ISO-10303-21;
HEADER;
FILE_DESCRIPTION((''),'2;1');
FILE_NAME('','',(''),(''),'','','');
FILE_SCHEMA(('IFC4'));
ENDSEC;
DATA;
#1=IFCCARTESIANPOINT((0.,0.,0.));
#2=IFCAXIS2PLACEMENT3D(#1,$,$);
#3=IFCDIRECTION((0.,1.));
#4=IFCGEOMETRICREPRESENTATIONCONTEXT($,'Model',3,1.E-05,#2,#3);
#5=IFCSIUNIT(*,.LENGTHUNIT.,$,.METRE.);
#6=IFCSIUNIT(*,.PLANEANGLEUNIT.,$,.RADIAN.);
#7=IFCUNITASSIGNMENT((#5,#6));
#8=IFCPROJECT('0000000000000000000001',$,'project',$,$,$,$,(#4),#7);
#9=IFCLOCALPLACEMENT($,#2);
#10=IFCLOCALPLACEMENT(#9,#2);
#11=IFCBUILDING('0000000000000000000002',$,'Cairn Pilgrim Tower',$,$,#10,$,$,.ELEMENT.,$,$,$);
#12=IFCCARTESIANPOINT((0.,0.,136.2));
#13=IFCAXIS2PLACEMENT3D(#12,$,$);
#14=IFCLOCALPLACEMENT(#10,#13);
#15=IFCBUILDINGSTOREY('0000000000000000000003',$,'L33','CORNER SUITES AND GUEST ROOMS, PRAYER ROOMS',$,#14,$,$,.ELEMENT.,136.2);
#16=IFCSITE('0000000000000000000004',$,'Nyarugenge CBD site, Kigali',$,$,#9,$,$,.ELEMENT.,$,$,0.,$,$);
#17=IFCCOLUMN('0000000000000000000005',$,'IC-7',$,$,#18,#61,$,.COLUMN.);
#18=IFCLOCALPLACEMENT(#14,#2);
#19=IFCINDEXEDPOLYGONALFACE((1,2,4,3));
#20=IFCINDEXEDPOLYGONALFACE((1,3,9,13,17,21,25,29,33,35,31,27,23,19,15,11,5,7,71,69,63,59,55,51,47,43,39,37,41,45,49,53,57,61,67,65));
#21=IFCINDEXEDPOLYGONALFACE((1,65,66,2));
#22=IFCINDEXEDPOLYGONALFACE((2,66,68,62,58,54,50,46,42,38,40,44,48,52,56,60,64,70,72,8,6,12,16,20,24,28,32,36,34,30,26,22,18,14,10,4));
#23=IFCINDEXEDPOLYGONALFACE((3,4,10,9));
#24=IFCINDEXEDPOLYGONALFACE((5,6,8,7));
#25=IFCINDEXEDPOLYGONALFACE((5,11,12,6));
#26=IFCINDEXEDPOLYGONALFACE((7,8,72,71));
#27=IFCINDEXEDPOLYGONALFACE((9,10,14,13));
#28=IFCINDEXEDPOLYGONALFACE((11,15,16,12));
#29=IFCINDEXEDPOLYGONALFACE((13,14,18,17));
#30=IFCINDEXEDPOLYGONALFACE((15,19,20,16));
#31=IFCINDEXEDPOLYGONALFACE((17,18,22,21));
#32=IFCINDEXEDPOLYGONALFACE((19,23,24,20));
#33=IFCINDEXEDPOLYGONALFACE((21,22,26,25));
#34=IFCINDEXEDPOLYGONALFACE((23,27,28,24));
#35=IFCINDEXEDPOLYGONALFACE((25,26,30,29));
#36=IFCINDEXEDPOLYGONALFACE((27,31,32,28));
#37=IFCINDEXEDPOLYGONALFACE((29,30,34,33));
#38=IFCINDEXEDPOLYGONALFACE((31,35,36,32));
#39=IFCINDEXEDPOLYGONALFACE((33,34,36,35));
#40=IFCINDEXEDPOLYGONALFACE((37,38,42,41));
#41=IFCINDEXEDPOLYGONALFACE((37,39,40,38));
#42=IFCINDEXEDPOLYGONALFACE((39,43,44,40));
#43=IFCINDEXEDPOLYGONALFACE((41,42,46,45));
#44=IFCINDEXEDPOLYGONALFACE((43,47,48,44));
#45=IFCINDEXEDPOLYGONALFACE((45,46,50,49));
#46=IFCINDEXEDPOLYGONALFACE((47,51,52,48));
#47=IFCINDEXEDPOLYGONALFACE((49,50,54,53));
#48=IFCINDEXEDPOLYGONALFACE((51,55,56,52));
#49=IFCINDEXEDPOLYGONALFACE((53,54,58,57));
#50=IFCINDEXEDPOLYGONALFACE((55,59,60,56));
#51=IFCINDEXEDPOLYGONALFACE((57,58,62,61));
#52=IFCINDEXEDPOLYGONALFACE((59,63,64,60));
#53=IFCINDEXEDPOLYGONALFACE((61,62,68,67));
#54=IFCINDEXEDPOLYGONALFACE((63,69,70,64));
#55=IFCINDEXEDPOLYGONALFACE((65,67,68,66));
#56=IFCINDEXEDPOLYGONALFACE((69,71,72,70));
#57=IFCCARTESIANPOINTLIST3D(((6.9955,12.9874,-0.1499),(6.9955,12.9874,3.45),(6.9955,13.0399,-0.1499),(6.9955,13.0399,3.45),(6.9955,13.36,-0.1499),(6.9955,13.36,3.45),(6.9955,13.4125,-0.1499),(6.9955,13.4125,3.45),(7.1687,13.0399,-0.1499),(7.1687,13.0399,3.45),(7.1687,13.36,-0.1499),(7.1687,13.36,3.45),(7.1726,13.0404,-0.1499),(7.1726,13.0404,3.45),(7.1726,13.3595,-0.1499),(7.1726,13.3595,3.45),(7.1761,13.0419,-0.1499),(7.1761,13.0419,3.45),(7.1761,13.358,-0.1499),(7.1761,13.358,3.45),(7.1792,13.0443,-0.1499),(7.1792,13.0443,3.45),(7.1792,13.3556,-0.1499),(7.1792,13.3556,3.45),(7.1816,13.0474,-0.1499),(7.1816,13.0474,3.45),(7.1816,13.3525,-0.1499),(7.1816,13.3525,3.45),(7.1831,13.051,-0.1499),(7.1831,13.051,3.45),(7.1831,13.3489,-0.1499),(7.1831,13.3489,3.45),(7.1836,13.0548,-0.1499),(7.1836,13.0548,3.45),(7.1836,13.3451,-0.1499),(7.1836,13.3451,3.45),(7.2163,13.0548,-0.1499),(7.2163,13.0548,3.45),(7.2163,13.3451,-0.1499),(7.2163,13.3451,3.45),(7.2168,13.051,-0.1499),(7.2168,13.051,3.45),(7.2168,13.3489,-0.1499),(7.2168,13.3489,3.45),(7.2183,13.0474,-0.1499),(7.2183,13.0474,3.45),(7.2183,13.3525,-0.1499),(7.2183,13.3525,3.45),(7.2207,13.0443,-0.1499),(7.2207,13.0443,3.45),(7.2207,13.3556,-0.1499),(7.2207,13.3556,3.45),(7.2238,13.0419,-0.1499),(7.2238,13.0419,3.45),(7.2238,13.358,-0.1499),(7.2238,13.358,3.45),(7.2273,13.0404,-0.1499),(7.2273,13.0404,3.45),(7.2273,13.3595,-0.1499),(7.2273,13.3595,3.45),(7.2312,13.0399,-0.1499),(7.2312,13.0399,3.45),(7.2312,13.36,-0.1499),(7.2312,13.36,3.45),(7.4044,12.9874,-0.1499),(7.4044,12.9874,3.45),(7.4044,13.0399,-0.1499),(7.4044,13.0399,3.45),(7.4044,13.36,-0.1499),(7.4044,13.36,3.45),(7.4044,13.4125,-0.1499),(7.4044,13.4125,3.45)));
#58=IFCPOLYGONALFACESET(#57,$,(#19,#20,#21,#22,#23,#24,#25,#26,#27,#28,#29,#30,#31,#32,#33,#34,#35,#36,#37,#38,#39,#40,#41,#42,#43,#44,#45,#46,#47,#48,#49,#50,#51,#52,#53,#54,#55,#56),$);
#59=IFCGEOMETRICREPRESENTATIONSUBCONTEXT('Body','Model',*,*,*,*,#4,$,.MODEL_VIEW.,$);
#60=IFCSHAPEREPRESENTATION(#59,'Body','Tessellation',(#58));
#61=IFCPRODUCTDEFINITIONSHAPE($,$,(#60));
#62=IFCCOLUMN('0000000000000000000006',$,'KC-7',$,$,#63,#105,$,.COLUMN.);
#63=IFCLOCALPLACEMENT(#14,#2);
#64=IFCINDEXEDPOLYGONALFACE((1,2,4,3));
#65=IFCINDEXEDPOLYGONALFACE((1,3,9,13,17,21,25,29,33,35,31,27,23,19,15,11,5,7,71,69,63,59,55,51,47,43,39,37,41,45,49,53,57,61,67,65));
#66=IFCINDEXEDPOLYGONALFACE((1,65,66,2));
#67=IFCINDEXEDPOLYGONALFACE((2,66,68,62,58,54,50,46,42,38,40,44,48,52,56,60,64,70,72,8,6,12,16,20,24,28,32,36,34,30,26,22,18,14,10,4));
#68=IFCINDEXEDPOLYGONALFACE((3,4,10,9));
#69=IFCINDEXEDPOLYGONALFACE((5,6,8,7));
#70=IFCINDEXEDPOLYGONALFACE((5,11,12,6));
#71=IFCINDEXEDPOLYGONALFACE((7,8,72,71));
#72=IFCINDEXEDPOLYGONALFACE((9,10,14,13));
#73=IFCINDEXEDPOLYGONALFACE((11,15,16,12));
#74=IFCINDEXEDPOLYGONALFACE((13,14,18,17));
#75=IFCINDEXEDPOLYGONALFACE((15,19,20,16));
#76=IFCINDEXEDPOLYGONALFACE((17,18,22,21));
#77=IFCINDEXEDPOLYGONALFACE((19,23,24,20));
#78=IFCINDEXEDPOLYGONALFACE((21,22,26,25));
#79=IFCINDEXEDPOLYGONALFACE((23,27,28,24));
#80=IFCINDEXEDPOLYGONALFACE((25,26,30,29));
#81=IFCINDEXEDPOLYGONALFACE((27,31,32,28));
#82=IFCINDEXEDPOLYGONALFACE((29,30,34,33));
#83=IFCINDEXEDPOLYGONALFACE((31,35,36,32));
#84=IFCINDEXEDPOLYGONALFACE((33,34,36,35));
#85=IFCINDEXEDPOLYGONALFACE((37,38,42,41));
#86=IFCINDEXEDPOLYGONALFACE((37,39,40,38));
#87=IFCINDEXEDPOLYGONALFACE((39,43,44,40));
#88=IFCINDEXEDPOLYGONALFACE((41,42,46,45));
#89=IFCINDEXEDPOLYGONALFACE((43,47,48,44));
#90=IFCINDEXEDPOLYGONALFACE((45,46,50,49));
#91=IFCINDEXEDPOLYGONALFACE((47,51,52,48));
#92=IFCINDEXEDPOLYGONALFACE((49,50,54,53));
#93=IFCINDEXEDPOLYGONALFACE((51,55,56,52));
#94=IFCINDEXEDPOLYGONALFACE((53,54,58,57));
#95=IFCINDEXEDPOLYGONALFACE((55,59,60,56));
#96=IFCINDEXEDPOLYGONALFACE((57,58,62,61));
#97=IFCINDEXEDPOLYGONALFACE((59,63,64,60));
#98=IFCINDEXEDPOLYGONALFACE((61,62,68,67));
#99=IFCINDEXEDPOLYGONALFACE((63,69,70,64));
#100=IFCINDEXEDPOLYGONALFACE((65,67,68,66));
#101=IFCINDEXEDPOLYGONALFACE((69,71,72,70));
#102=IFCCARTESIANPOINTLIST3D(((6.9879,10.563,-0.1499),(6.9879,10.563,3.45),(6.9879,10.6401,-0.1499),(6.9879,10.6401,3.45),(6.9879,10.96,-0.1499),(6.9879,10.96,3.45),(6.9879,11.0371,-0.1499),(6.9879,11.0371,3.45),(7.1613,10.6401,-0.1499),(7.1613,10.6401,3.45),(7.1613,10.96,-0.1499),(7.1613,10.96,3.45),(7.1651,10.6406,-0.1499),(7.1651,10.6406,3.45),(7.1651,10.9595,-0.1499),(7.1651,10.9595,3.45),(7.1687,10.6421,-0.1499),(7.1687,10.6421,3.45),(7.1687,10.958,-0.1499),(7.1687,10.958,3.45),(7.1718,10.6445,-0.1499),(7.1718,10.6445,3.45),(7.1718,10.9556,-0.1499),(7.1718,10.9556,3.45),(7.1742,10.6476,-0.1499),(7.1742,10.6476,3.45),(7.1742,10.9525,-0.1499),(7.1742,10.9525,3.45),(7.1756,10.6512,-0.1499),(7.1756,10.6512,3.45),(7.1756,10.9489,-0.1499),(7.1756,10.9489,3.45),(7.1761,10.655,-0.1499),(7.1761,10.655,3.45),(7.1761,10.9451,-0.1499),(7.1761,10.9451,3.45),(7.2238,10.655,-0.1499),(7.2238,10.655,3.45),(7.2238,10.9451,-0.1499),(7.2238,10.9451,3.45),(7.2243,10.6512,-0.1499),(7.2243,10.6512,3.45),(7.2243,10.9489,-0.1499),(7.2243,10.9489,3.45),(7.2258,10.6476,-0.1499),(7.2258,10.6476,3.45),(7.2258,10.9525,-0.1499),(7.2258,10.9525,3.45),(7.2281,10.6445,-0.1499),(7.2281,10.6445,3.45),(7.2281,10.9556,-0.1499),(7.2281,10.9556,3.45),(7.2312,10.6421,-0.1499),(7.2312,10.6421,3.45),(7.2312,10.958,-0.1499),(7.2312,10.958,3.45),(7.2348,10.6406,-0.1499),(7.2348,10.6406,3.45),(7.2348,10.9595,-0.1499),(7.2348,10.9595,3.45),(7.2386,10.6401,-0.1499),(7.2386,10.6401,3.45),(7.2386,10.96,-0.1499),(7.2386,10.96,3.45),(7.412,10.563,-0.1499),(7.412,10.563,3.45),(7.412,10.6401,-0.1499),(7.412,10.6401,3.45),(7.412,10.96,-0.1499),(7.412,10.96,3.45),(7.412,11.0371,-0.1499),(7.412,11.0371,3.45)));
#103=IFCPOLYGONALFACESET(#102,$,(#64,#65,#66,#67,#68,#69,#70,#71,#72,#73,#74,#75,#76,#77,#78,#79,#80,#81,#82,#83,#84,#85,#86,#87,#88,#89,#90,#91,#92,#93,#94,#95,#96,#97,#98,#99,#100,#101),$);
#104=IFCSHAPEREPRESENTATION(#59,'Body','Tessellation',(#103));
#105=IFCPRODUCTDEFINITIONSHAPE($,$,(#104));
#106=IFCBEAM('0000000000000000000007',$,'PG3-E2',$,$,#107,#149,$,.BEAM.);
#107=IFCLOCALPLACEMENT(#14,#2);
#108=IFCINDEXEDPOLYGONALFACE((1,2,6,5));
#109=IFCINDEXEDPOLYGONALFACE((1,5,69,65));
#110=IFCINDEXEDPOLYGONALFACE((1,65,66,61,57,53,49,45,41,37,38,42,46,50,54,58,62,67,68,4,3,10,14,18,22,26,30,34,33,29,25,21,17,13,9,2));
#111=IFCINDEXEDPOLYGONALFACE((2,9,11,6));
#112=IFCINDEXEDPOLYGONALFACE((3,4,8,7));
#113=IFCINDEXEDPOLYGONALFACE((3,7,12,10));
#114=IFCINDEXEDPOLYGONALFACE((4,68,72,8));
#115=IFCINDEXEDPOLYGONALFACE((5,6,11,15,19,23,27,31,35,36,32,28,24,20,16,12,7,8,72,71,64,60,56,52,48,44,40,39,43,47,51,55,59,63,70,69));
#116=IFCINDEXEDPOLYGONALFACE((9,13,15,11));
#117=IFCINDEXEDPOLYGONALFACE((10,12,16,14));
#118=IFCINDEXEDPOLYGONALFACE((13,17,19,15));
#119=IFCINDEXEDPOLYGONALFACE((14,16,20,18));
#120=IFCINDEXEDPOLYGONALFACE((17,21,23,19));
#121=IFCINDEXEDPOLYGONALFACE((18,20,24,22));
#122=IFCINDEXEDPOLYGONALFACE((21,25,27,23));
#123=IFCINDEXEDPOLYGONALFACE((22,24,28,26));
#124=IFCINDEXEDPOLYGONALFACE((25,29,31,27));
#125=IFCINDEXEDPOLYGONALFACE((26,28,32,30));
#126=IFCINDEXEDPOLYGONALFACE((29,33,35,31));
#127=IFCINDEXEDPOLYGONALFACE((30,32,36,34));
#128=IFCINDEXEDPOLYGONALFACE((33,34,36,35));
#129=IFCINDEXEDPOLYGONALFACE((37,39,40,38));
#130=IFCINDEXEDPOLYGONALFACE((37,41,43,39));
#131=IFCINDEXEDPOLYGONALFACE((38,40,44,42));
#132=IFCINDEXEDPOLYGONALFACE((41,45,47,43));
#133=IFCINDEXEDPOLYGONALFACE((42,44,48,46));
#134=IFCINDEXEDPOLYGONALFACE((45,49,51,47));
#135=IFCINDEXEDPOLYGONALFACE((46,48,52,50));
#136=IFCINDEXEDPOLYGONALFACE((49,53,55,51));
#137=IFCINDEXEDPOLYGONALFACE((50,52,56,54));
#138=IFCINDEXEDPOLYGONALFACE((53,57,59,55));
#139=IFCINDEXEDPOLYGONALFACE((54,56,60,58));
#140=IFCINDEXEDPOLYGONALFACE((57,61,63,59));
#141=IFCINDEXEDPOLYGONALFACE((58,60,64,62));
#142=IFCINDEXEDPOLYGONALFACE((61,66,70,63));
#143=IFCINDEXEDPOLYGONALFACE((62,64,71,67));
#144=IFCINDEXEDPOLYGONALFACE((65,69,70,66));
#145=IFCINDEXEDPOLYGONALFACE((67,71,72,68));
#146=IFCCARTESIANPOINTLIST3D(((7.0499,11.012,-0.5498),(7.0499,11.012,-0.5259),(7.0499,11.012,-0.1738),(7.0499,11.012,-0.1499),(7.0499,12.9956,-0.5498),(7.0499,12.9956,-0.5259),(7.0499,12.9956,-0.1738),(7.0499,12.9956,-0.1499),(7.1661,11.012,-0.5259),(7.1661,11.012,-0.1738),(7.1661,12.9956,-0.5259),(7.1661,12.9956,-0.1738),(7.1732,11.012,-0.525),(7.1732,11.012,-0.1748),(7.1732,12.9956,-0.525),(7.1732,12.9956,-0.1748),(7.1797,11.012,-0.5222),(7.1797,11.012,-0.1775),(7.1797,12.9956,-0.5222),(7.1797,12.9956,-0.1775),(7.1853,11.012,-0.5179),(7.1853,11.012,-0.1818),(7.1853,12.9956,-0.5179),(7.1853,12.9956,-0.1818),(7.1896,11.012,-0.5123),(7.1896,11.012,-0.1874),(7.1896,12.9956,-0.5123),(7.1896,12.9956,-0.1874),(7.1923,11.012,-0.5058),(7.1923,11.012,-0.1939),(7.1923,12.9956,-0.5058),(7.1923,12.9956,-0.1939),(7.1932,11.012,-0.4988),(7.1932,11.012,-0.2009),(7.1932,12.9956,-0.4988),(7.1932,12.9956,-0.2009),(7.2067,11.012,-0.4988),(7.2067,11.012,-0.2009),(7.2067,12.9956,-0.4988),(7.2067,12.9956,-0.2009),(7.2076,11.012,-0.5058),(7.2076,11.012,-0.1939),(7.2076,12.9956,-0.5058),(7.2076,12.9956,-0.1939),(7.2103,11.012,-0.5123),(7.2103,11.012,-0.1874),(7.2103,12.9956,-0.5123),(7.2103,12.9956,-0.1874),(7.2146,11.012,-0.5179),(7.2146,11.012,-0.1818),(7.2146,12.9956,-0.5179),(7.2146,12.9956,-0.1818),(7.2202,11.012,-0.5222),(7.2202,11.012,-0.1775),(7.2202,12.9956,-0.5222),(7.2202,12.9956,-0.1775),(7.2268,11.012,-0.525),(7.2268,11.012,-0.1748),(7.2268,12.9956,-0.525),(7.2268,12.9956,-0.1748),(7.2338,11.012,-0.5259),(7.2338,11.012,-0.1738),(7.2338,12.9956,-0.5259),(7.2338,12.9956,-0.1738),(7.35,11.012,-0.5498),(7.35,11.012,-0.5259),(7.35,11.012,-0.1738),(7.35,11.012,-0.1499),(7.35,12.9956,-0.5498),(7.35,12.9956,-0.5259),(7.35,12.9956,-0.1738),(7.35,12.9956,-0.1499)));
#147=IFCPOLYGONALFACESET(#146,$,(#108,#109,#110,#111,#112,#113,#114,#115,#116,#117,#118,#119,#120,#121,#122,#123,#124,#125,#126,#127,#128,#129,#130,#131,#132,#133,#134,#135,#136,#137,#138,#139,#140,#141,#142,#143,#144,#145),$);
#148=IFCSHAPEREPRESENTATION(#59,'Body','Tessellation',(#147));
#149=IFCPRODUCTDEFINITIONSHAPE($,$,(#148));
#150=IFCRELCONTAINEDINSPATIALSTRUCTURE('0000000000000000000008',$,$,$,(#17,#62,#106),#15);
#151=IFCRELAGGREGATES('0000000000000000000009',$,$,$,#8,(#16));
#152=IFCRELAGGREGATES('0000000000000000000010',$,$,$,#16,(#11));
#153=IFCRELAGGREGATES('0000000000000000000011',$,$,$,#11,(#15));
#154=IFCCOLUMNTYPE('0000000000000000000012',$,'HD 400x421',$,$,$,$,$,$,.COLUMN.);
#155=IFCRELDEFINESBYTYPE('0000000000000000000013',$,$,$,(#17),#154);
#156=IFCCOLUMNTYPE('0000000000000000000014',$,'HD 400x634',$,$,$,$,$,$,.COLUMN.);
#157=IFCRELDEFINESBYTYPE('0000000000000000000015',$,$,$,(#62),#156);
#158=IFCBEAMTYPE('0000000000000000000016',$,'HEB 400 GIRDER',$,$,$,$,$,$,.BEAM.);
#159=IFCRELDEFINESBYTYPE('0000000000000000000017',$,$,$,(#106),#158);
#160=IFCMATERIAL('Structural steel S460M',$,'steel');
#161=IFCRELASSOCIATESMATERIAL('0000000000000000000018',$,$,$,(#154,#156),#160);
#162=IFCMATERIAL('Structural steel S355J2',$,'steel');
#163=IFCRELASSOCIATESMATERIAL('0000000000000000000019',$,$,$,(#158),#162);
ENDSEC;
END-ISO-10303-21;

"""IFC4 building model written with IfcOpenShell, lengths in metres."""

from ifc_helpers import new_model, si_unit, direction, frame, origin, origin_2d, place, context, subcontext, project, spatial, i_section, extrude, material, material_profile, profile_set, type_object, element, save


model = new_model("IFC4")

# Units and contexts
model_context = context("Model", 3, precision=1e-05, world=origin(), true_north=direction((0.0, 1.0)))
body_context = subcontext(model_context, "Body", "Model", "MODEL_VIEW")
ifc_project = project(units=[si_unit("LENGTHUNIT", "METRE"), si_unit("PLANEANGLEUNIT", "RADIAN")], contexts=[model_context])

# Site, building, storey
site_placement = place(None, origin())
site = spatial("IfcSite", under=ifc_project, at=site_placement, Name="Nyarugenge CBD site, Kigali", CompositionType="ELEMENT", RefElevation=0.0)
building_placement = place(site_placement, origin())
building = spatial("IfcBuilding", under=site, at=building_placement, Name="Cairn Pilgrim Tower", CompositionType="ELEMENT")
storey_placement = place(building_placement, frame((0.0, 0.0, 136.2)))
storey = spatial("IfcBuildingStorey", under=building, at=storey_placement, Name="L33", Description="CORNER SUITES AND GUEST ROOMS, PRAYER ROOMS", CompositionType="ELEMENT", Elevation=136.2)

# Columns
ifc_material_1 = material(Name="Structural steel S460M", Category="steel")
ifc_material_profile_1 = material_profile(ifc_material_1, i_section(OverallWidth=0.4089, OverallDepth=0.425, WebThickness=0.0327, FlangeThickness=0.0525, FilletRadius=0.0149, at=origin_2d()), Name="HD 400x421")
ifc_profile_set_1 = profile_set([ifc_material_profile_1], Name="Structural steel S460M")
column_type_1 = type_object("IfcColumnType", Name="HD 400x421", PredefinedType="COLUMN", material=ifc_profile_set_1)
column_1_placement = place(storey_placement, frame((7.2, 13.2, -0.1499), z_axis=(0.0, 0.0, 1.0), x_axis=(1.0, 0.0, 0.0)))
element("IfcColumn", 1, at=column_1_placement, inside=storey, type_object=column_type_1, Name="IC-7", PredefinedType="COLUMN", context=body_context, shape_type="SweptSolid", body=[
    extrude(i_section(OverallWidth=0.4089, OverallDepth=0.425, WebThickness=0.0327, FlangeThickness=0.0525, FilletRadius=0.0149, at=origin_2d()), origin(), (0.0, 0.0, 1.0), 3.5999),
])
ifc_material_profile_2 = material_profile(ifc_material_1, i_section(OverallWidth=0.4241, OverallDepth=0.4741, WebThickness=0.0476, FlangeThickness=0.0771, FilletRadius=0.0149, at=origin_2d()), Name="HD 400x634")
ifc_profile_set_2 = profile_set([ifc_material_profile_2], Name="Structural steel S460M")
column_type_2 = type_object("IfcColumnType", Name="HD 400x634", PredefinedType="COLUMN", material=ifc_profile_set_2)
column_2_placement = place(storey_placement, frame((7.2, 10.8, -0.1499), z_axis=(0.0, 0.0, 1.0), x_axis=(1.0, 0.0, 0.0)))
element("IfcColumn", 2, at=column_2_placement, inside=storey, type_object=column_type_2, Name="KC-7", PredefinedType="COLUMN", context=body_context, shape_type="SweptSolid", body=[
    extrude(i_section(OverallWidth=0.4241, OverallDepth=0.4741, WebThickness=0.0476, FlangeThickness=0.0771, FilletRadius=0.0149, at=origin_2d()), origin(), (0.0, 0.0, 1.0), 3.5999),
])

# Beam
ifc_material_2 = material(Name="Structural steel S355J2", Category="steel")
ifc_material_profile_3 = material_profile(ifc_material_2, i_section(OverallWidth=0.3, OverallDepth=0.3999, WebThickness=0.0134, FlangeThickness=0.0239, FilletRadius=0.0271, at=origin_2d()), Name="HEB 400")
ifc_profile_set_3 = profile_set([ifc_material_profile_3], Name="Structural steel S355J2")
beam_type_1 = type_object("IfcBeamType", Name="HEB 400 GIRDER", PredefinedType="BEAM", material=ifc_profile_set_3)
beam_1_placement = place(storey_placement, frame((7.2, 11.012, -0.3499), z_axis=(0.0, 1.0, 0.0), x_axis=(-1.0, 0.0, 0.0)))
element("IfcBeam", 3, at=beam_1_placement, inside=storey, type_object=beam_type_1, Name="PG3-E2", PredefinedType="BEAM", context=body_context, shape_type="SweptSolid", body=[
    extrude(i_section(OverallWidth=0.3, OverallDepth=0.3999, WebThickness=0.0134, FlangeThickness=0.0239, FilletRadius=0.0271, at=origin_2d()), origin(), (0.0, 0.0, 1.0), 1.9836),
])

save(model, "model.ifc")
